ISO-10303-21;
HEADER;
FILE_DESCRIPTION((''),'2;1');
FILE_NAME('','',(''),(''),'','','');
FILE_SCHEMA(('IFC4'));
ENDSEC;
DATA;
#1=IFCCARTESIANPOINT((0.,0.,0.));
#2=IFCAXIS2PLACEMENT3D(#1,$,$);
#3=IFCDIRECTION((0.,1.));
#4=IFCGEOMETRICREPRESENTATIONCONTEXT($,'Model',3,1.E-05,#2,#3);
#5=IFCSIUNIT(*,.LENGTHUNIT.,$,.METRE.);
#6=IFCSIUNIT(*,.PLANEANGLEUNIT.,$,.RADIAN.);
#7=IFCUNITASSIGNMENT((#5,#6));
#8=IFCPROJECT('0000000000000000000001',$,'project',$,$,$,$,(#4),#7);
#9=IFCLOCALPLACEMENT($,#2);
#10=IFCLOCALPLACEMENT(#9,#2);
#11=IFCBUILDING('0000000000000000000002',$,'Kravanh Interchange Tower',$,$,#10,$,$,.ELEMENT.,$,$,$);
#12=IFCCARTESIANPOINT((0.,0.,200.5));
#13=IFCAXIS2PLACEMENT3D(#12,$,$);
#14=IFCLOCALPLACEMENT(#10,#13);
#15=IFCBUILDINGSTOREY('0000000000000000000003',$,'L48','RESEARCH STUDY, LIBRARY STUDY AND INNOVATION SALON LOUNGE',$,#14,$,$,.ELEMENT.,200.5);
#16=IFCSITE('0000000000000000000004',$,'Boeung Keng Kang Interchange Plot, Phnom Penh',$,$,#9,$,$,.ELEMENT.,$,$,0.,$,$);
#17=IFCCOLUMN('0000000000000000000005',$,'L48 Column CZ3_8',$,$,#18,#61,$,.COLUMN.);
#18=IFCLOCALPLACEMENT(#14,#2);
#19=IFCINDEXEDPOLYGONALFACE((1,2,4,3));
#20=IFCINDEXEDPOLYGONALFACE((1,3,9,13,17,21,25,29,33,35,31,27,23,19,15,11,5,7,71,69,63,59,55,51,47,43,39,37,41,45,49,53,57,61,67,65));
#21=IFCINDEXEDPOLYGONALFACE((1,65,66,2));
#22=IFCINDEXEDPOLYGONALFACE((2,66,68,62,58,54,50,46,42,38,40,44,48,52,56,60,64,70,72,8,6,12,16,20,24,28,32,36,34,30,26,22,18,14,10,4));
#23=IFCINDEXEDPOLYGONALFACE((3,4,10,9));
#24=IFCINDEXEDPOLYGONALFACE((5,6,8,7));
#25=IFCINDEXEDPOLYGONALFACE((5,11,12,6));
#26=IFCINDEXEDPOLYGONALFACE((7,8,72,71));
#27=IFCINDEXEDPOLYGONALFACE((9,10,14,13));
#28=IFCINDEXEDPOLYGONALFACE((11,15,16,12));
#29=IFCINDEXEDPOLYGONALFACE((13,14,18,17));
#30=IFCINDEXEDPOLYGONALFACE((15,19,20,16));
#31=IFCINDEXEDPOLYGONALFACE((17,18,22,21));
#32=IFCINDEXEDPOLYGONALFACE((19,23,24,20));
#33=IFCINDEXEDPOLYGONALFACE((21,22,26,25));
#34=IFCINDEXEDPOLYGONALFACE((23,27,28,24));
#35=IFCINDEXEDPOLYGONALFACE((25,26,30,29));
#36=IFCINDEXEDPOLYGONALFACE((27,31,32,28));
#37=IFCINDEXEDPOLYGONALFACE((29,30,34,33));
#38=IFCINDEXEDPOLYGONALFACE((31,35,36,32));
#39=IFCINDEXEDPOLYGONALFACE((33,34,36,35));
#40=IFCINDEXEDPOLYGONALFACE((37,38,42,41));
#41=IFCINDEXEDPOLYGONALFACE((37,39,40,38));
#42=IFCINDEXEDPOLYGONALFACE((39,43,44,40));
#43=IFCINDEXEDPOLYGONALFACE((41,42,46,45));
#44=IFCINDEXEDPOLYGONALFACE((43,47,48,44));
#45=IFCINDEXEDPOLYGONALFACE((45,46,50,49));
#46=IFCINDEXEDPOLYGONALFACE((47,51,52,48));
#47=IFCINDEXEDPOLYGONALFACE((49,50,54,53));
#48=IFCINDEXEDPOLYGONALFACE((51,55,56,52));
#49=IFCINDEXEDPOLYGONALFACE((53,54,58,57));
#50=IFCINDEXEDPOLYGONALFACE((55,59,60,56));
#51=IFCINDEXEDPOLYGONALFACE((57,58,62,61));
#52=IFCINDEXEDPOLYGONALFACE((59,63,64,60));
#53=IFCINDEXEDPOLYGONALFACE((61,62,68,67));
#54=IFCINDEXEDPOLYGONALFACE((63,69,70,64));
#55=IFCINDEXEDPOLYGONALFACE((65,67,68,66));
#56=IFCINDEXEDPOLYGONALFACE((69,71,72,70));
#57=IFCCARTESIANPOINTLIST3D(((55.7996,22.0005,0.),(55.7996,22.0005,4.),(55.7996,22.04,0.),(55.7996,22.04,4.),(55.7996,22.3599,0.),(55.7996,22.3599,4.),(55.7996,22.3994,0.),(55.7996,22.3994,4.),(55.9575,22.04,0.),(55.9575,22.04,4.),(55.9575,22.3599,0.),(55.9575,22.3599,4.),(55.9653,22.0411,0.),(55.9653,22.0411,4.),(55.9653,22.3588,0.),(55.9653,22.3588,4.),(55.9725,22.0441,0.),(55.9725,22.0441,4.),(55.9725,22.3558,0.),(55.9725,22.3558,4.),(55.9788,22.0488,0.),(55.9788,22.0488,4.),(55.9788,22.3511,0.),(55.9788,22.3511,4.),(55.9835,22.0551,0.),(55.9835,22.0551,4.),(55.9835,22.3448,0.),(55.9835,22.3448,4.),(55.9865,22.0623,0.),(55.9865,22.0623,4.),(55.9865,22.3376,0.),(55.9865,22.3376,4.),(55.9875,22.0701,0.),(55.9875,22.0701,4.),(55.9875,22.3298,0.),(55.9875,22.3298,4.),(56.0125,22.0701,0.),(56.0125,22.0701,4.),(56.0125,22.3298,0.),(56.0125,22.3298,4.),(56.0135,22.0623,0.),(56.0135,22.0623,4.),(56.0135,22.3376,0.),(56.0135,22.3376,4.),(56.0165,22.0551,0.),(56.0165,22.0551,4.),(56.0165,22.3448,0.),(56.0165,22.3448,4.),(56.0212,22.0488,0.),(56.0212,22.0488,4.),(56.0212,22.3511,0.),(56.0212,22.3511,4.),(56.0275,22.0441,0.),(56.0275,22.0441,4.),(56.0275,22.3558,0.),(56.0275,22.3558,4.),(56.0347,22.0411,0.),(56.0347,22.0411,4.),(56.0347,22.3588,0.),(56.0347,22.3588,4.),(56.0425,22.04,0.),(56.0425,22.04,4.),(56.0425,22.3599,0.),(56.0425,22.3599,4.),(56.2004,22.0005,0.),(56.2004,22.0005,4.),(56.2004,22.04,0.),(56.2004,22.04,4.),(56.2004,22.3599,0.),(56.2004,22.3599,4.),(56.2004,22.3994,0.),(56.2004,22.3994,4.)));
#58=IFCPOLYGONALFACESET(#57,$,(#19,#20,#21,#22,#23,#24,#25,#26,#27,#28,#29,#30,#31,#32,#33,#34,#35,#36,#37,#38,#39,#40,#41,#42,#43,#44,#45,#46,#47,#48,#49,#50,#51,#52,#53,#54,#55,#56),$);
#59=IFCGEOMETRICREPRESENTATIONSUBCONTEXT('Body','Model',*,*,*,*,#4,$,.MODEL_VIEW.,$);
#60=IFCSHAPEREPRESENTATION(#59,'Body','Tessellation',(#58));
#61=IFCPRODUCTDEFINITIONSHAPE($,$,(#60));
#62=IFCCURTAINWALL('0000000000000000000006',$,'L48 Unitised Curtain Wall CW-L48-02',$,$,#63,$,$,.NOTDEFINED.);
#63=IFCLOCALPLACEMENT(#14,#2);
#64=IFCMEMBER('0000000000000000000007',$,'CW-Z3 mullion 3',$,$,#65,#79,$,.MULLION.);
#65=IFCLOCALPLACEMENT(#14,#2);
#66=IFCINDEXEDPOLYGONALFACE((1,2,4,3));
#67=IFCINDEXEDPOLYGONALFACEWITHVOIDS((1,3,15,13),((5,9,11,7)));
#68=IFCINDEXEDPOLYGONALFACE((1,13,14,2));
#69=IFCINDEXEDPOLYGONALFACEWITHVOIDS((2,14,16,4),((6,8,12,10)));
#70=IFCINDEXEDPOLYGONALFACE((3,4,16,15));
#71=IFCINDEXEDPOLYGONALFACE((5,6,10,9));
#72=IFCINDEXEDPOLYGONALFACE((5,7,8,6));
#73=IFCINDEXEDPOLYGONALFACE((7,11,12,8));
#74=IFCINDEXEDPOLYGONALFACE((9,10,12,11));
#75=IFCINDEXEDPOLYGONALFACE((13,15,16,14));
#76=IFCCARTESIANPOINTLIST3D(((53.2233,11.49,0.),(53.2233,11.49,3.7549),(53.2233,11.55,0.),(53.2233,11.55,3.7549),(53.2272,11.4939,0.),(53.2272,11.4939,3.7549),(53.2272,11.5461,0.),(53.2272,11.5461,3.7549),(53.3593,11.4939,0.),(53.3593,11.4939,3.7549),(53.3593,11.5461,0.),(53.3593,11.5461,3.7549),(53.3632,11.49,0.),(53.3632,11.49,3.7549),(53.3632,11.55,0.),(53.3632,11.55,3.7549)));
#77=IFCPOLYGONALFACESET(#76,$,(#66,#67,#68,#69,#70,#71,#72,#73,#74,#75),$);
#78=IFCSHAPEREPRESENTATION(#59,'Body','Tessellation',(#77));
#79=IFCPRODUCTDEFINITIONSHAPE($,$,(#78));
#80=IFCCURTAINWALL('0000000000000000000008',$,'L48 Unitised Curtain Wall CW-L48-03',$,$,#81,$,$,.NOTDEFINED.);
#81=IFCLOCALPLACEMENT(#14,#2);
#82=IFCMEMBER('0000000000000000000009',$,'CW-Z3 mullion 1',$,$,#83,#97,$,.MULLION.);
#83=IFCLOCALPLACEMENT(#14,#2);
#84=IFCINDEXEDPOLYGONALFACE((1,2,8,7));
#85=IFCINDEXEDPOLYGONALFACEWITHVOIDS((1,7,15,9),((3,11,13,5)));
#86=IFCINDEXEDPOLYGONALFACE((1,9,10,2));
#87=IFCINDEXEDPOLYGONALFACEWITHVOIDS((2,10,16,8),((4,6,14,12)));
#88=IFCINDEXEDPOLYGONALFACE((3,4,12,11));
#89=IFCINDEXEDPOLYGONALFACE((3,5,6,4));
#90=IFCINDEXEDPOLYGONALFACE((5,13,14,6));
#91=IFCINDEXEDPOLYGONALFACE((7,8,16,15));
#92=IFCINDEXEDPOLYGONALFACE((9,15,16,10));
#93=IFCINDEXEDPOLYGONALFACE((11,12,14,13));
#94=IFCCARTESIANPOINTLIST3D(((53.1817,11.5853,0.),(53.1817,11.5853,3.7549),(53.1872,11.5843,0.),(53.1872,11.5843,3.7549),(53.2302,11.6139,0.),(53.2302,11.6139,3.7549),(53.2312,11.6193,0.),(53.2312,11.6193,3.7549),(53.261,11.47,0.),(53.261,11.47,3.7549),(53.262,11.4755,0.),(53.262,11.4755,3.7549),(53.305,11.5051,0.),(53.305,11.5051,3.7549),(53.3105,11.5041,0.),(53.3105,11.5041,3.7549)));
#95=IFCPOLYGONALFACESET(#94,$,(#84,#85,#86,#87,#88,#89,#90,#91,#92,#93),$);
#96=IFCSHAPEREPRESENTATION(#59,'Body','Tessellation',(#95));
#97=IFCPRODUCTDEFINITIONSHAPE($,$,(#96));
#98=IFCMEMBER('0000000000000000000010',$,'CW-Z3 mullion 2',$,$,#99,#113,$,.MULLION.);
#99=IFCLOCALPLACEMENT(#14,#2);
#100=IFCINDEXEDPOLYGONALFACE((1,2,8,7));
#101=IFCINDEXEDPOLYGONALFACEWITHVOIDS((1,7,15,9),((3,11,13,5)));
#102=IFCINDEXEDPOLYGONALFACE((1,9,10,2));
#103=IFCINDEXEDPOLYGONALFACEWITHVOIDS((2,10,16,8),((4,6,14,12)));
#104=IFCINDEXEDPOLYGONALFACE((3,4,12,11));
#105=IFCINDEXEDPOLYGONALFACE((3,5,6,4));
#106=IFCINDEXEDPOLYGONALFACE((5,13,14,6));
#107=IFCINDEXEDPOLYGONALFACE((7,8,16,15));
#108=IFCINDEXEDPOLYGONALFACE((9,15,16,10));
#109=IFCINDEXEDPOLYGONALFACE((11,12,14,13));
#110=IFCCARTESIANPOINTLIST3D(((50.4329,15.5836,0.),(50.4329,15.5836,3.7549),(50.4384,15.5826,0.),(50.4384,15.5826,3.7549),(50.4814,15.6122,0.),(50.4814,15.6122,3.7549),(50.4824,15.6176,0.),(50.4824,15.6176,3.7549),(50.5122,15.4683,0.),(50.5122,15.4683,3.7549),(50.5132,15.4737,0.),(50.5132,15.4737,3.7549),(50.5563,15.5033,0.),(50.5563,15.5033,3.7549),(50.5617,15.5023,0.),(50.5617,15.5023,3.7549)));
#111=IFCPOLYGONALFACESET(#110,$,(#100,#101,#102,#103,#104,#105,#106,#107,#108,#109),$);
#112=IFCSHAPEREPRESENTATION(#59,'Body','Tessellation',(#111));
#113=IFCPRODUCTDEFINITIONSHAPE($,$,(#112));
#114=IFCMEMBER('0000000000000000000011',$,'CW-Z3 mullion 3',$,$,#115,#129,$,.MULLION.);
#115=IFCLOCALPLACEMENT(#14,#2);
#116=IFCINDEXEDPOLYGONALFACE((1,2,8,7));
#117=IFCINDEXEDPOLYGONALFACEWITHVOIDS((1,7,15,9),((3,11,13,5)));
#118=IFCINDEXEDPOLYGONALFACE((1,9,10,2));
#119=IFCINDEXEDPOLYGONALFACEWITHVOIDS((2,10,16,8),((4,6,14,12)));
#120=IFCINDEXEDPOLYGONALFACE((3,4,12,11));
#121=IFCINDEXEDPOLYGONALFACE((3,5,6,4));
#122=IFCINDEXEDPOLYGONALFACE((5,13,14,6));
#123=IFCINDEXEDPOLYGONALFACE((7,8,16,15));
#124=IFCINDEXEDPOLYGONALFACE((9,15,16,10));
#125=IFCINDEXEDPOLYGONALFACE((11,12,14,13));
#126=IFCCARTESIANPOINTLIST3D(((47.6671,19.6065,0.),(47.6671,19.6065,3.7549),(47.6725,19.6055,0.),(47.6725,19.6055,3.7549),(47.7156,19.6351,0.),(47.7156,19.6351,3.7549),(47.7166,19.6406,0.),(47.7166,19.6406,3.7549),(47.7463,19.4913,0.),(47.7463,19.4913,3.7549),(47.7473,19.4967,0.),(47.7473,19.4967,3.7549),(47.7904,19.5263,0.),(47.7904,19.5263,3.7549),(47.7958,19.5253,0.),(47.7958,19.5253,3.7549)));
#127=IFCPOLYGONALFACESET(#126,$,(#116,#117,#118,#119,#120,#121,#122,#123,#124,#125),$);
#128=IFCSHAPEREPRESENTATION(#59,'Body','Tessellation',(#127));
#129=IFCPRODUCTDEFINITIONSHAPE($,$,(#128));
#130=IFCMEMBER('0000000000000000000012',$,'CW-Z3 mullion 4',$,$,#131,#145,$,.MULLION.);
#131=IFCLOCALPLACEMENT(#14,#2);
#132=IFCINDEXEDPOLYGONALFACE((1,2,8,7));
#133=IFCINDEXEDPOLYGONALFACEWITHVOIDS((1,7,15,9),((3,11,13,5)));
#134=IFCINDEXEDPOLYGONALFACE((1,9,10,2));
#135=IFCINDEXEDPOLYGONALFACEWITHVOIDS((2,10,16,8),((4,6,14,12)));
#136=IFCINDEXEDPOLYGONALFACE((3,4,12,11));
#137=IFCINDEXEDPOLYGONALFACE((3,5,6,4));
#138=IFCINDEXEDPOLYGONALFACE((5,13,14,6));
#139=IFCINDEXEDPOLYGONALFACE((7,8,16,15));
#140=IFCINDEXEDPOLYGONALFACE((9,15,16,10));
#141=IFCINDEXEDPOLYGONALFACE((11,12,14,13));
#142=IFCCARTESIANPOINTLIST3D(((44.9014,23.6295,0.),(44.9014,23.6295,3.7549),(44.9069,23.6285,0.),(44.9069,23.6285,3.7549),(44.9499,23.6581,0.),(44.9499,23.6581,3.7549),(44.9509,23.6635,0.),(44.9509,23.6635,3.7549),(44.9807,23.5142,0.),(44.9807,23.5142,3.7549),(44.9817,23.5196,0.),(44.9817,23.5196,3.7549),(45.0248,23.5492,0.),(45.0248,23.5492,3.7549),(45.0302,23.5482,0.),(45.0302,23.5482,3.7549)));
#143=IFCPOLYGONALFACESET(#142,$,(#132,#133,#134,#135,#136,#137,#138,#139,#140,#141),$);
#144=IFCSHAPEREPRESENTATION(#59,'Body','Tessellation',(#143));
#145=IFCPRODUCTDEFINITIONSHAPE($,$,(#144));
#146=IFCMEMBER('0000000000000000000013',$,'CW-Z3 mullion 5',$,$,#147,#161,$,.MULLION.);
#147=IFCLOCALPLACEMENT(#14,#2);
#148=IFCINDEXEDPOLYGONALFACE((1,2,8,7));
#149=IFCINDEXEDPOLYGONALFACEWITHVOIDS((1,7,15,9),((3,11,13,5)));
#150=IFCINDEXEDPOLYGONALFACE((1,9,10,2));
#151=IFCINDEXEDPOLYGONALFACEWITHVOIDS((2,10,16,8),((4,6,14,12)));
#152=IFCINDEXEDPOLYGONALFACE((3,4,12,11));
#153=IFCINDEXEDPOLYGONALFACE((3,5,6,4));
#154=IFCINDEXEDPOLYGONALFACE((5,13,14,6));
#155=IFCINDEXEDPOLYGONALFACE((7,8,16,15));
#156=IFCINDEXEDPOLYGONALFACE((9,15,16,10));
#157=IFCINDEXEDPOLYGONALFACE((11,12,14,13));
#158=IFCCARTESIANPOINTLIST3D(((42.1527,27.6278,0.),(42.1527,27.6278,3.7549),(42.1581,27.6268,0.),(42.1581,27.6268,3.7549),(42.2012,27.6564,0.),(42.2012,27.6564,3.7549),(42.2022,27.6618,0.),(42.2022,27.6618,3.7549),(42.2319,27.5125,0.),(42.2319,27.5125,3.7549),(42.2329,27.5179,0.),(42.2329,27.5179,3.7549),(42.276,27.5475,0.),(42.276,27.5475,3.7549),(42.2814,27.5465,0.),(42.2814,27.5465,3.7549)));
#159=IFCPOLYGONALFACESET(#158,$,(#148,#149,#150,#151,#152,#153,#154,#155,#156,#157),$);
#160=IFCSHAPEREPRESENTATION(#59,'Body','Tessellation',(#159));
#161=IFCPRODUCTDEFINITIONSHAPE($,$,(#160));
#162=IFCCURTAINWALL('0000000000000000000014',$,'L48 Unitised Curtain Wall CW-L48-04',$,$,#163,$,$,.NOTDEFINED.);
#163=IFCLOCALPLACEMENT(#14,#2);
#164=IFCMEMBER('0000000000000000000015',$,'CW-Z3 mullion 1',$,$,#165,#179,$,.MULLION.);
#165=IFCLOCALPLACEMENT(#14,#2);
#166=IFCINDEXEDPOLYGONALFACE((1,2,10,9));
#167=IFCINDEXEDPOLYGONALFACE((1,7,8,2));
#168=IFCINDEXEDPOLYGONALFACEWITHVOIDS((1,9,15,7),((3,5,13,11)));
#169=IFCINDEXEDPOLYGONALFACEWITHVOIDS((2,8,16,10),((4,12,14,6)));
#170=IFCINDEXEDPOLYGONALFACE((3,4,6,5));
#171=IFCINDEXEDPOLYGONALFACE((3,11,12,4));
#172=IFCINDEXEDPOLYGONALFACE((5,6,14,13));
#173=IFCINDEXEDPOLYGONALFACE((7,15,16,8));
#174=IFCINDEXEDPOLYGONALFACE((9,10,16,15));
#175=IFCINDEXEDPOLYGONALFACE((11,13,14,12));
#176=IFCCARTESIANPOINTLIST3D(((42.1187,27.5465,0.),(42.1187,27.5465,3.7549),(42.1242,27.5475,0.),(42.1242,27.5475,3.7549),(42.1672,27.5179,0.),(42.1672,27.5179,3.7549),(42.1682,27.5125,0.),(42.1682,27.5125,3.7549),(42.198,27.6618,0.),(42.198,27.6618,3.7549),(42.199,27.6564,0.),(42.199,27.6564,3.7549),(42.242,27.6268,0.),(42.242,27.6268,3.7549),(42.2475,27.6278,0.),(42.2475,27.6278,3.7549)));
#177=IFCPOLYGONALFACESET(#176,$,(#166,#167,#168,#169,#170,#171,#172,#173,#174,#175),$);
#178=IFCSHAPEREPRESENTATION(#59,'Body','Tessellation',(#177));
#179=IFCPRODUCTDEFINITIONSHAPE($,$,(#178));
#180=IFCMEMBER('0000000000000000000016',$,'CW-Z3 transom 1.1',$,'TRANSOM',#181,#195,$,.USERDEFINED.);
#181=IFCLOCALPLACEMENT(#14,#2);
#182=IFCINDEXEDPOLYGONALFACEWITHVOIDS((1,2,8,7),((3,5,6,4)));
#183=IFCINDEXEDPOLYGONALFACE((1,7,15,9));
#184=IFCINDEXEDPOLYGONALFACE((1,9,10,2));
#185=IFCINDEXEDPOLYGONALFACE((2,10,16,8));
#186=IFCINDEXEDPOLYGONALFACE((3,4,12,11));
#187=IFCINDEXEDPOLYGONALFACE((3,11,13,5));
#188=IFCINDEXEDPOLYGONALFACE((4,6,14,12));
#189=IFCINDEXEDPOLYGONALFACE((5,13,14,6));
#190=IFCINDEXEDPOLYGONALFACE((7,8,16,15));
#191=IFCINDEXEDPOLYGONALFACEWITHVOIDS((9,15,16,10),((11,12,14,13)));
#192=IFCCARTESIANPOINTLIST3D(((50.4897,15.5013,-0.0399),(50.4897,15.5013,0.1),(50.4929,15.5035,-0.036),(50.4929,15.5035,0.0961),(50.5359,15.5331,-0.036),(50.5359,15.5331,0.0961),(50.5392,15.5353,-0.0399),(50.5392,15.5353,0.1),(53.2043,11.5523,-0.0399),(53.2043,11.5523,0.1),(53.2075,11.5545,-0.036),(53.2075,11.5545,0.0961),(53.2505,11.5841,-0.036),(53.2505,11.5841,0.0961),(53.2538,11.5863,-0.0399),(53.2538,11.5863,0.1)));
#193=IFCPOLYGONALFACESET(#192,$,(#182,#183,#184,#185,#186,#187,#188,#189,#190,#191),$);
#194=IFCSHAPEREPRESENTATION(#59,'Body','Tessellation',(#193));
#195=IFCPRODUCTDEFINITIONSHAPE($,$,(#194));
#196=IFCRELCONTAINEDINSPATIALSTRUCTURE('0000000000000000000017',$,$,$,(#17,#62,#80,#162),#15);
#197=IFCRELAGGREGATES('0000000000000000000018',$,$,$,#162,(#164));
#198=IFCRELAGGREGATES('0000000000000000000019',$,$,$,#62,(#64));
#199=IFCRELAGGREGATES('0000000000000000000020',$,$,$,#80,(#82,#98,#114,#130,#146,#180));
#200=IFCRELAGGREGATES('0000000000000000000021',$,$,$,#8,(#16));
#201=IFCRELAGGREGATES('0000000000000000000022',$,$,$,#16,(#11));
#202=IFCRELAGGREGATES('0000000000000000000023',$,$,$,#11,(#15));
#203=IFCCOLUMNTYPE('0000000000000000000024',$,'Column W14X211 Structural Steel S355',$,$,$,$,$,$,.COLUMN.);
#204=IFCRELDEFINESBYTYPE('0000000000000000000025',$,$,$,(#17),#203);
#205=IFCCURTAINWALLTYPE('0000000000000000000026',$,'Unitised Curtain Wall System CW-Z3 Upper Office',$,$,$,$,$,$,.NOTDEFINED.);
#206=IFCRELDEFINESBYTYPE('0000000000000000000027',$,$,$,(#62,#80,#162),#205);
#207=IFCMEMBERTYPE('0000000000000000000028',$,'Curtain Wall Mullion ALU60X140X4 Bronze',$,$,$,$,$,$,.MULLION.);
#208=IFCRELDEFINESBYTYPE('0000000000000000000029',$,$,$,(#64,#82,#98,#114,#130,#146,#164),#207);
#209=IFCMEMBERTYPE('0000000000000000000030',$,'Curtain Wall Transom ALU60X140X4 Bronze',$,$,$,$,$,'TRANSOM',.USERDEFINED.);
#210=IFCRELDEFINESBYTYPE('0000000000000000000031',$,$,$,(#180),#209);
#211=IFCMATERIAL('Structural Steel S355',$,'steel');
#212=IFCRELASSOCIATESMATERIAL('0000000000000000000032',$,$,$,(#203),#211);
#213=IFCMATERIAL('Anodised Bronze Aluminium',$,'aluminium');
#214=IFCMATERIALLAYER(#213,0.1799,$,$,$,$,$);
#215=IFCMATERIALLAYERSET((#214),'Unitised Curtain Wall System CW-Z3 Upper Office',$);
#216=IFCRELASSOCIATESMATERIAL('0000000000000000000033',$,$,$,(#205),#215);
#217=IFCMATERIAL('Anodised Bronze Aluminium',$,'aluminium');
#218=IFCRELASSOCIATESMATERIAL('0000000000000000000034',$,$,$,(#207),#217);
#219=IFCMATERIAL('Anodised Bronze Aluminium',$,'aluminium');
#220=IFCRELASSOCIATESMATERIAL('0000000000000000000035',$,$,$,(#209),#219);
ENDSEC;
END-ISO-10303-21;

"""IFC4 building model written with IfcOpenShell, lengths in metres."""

from ifc_helpers import new_model, si_unit, direction, frame, origin, origin_2d, place, context, subcontext, project, spatial, hollow_rectangle, i_section, extrude, material, layer, layer_set, material_profile, profile_set, type_object, element, aggregate, save


model = new_model("IFC4")

# Units and contexts
model_context = context("Model", 3, precision=1e-05, world=origin(), true_north=direction((0.0, 1.0)))
body_context = subcontext(model_context, "Body", "Model", "MODEL_VIEW")
ifc_project = project(units=[si_unit("LENGTHUNIT", "METRE"), si_unit("PLANEANGLEUNIT", "RADIAN")], contexts=[model_context])

# Site, building, storey
site_placement = place(None, origin())
site = spatial("IfcSite", under=ifc_project, at=site_placement, Name="Boeung Keng Kang Interchange Plot, Phnom Penh", CompositionType="ELEMENT", RefElevation=0.0)
building_placement = place(site_placement, origin())
building = spatial("IfcBuilding", under=site, at=building_placement, Name="Kravanh Interchange Tower", CompositionType="ELEMENT")
storey_placement = place(building_placement, frame((0.0, 0.0, 200.5)))
storey = spatial("IfcBuildingStorey", under=building, at=storey_placement, Name="L48", Description="RESEARCH STUDY, LIBRARY STUDY AND INNOVATION SALON LOUNGE", CompositionType="ELEMENT", Elevation=200.5)

# Column
ifc_material_1 = material(Name="Structural Steel S355", Category="steel")
ifc_material_profile_1 = material_profile(ifc_material_1, i_section(OverallWidth=0.4009, OverallDepth=0.3989, WebThickness=0.0249, FlangeThickness=0.0396, FilletRadius=0.03, at=origin_2d()), Name="W14X211")
ifc_profile_set_1 = profile_set([ifc_material_profile_1], Name="Structural Steel S355")
column_type = type_object("IfcColumnType", Name="Column W14X211 Structural Steel S355", PredefinedType="COLUMN", material=ifc_profile_set_1)
for number, where, z_axis, x_axis, name in (
    (1, (56.0, 22.2, 0.0), (0.0, 0.0, 1.0), (1.0, 0.0, 0.0), "L48 Column CZ3_8"),
):
    element("IfcColumn", number, at=place(storey_placement, frame(where, z_axis=z_axis, x_axis=x_axis)), inside=storey, type_object=column_type, Name=name, PredefinedType="COLUMN", context=body_context, shape_type="SweptSolid", body=[
        extrude(i_section(OverallWidth=0.4009, OverallDepth=0.3989, WebThickness=0.0249, FlangeThickness=0.0396, FilletRadius=0.03, at=origin_2d()), origin(), (0.0, 0.0, 1.0), 4.0),
    ])

# Curtain wall, member
ifc_material_2 = material(Name="Anodised Bronze Aluminium", Category="aluminium")
ifc_layer_1 = layer(ifc_material_2, 0.1799)
ifc_layer_set_1 = layer_set([ifc_layer_1], Name="Unitised Curtain Wall System CW-Z3 Upper Office")
curtain_wall_type = type_object("IfcCurtainWallType", Name="Unitised Curtain Wall System CW-Z3 Upper Office", PredefinedType="NOTDEFINED", material=ifc_layer_set_1)
curtain_wall_1_placement = place(storey_placement, origin())
curtain_wall_1 = element("IfcCurtainWall", 2, at=curtain_wall_1_placement, inside=storey, type_object=curtain_wall_type, Name="L48 Unitised Curtain Wall CW-L48-02", PredefinedType="NOTDEFINED")
ifc_material_3 = material(Name="Anodised Bronze Aluminium", Category="aluminium")
ifc_material_profile_2 = material_profile(ifc_material_3, hollow_rectangle(XDim=0.0601, YDim=0.1399, WallThickness=0.0039, at=origin_2d()), Name="ALU60X140X4")
ifc_profile_set_2 = profile_set([ifc_material_profile_2], Name="Anodised Bronze Aluminium")
member_type_1 = type_object("IfcMemberType", Name="Curtain Wall Mullion ALU60X140X4 Bronze", PredefinedType="MULLION", material=ifc_profile_set_2)
member_1_placement = place(storey_placement, frame((53.2932, 11.52, 0.0), z_axis=(0.0, 0.0, 1.0), x_axis=(0.0, -1.0, 0.0)))
member_1 = element("IfcMember", 3, at=member_1_placement, type_object=member_type_1, Name="CW-Z3 mullion 3", PredefinedType="MULLION", context=body_context, shape_type="SweptSolid", body=[
    extrude(hollow_rectangle(XDim=0.0601, YDim=0.1399, WallThickness=0.0039, at=origin_2d()), origin(), (0.0, 0.0, 1.0), 3.7549),
])

# Curtain wall, members
curtain_wall_2_placement = place(storey_placement, origin())
curtain_wall_2 = element("IfcCurtainWall", 4, at=curtain_wall_2_placement, inside=storey, type_object=curtain_wall_type, Name="L48 Unitised Curtain Wall CW-L48-03", PredefinedType="NOTDEFINED")
member_2_placement = place(storey_placement, frame((53.2461, 11.5447, 0.0), z_axis=(0.0, 0.0, 1.0), x_axis=(-0.824042, -0.566528, 0.0)))
member_2 = element("IfcMember", 5, at=member_2_placement, type_object=member_type_1, Name="CW-Z3 mullion 1", PredefinedType="MULLION", context=body_context, shape_type="SweptSolid", body=[
    extrude(hollow_rectangle(XDim=0.0601, YDim=0.1399, WallThickness=0.0039, at=origin_2d()), origin(), (0.0, 0.0, 1.0), 3.7549),
])
member_3_placement = place(storey_placement, frame((50.4973, 15.543, 0.0), z_axis=(0.0, 0.0, 1.0), x_axis=(-0.824042, -0.566528, 0.0)))
member_3 = element("IfcMember", 6, at=member_3_placement, type_object=member_type_1, Name="CW-Z3 mullion 2", PredefinedType="MULLION", context=body_context, shape_type="SweptSolid", body=[
    extrude(hollow_rectangle(XDim=0.0601, YDim=0.1399, WallThickness=0.0039, at=origin_2d()), origin(), (0.0, 0.0, 1.0), 3.7549),
])
member_4_placement = place(storey_placement, frame((47.7314, 19.5659, 0.0), z_axis=(0.0, 0.0, 1.0), x_axis=(-0.824042, -0.566528, 0.0)))
member_4 = element("IfcMember", 7, at=member_4_placement, type_object=member_type_1, Name="CW-Z3 mullion 3", PredefinedType="MULLION", context=body_context, shape_type="SweptSolid", body=[
    extrude(hollow_rectangle(XDim=0.0601, YDim=0.1399, WallThickness=0.0039, at=origin_2d()), origin(), (0.0, 0.0, 1.0), 3.7549),
])
member_5_placement = place(storey_placement, frame((44.9658, 23.5889, 0.0), z_axis=(0.0, 0.0, 1.0), x_axis=(-0.824042, -0.566528, 0.0)))
member_5 = element("IfcMember", 8, at=member_5_placement, type_object=member_type_1, Name="CW-Z3 mullion 4", PredefinedType="MULLION", context=body_context, shape_type="SweptSolid", body=[
    extrude(hollow_rectangle(XDim=0.0601, YDim=0.1399, WallThickness=0.0039, at=origin_2d()), origin(), (0.0, 0.0, 1.0), 3.7549),
])
member_6_placement = place(storey_placement, frame((42.217, 27.5872, 0.0), z_axis=(0.0, 0.0, 1.0), x_axis=(-0.824042, -0.566528, 0.0)))
member_6 = element("IfcMember", 9, at=member_6_placement, type_object=member_type_1, Name="CW-Z3 mullion 5", PredefinedType="MULLION", context=body_context, shape_type="SweptSolid", body=[
    extrude(hollow_rectangle(XDim=0.0601, YDim=0.1399, WallThickness=0.0039, at=origin_2d()), origin(), (0.0, 0.0, 1.0), 3.7549),
])

# Curtain wall, member
curtain_wall_3_placement = place(storey_placement, origin())
curtain_wall_3 = element("IfcCurtainWall", 10, at=curtain_wall_3_placement, inside=storey, type_object=curtain_wall_type, Name="L48 Unitised Curtain Wall CW-L48-04", PredefinedType="NOTDEFINED")
member_7_placement = place(storey_placement, frame((42.1831, 27.5872, 0.0), z_axis=(0.0, 0.0, 1.0), x_axis=(0.824042, -0.566528, 0.0)))
member_7 = element("IfcMember", 11, at=member_7_placement, type_object=member_type_1, Name="CW-Z3 mullion 1", PredefinedType="MULLION", context=body_context, shape_type="SweptSolid", body=[
    extrude(hollow_rectangle(XDim=0.0601, YDim=0.1399, WallThickness=0.0039, at=origin_2d()), origin(), (0.0, 0.0, 1.0), 3.7549),
])
aggregate(curtain_wall_3, [member_7])

# Member
ifc_material_4 = material(Name="Anodised Bronze Aluminium", Category="aluminium")
ifc_material_profile_3 = material_profile(ifc_material_4, hollow_rectangle(XDim=0.0601, YDim=0.1399, WallThickness=0.0039, at=origin_2d()), Name="ALU60X140X4")
ifc_profile_set_3 = profile_set([ifc_material_profile_3], Name="Anodised Bronze Aluminium")
member_type_2 = type_object("IfcMemberType", Name="Curtain Wall Transom ALU60X140X4 Bronze", ElementType="TRANSOM", PredefinedType="USERDEFINED", material=ifc_profile_set_3)
member_8_placement = place(storey_placement, frame((53.229, 11.5693, 0.03), z_axis=(-0.566483, 0.824073, 0.0), x_axis=(-0.824073, -0.566483, 0.0)))
member_8 = element("IfcMember", 12, at=member_8_placement, type_object=member_type_2, Name="CW-Z3 transom 1.1", ObjectType="TRANSOM", PredefinedType="USERDEFINED", context=body_context, shape_type="SweptSolid", body=[
    extrude(hollow_rectangle(XDim=0.0601, YDim=0.1399, WallThickness=0.0039, at=origin_2d()), origin(), (0.0, 0.0, 1.0), 4.792),
])

aggregate(curtain_wall_1, [member_1])
aggregate(curtain_wall_2, [member_2, member_3, member_4, member_5, member_6, member_8])

save(model, "model.ifc")
